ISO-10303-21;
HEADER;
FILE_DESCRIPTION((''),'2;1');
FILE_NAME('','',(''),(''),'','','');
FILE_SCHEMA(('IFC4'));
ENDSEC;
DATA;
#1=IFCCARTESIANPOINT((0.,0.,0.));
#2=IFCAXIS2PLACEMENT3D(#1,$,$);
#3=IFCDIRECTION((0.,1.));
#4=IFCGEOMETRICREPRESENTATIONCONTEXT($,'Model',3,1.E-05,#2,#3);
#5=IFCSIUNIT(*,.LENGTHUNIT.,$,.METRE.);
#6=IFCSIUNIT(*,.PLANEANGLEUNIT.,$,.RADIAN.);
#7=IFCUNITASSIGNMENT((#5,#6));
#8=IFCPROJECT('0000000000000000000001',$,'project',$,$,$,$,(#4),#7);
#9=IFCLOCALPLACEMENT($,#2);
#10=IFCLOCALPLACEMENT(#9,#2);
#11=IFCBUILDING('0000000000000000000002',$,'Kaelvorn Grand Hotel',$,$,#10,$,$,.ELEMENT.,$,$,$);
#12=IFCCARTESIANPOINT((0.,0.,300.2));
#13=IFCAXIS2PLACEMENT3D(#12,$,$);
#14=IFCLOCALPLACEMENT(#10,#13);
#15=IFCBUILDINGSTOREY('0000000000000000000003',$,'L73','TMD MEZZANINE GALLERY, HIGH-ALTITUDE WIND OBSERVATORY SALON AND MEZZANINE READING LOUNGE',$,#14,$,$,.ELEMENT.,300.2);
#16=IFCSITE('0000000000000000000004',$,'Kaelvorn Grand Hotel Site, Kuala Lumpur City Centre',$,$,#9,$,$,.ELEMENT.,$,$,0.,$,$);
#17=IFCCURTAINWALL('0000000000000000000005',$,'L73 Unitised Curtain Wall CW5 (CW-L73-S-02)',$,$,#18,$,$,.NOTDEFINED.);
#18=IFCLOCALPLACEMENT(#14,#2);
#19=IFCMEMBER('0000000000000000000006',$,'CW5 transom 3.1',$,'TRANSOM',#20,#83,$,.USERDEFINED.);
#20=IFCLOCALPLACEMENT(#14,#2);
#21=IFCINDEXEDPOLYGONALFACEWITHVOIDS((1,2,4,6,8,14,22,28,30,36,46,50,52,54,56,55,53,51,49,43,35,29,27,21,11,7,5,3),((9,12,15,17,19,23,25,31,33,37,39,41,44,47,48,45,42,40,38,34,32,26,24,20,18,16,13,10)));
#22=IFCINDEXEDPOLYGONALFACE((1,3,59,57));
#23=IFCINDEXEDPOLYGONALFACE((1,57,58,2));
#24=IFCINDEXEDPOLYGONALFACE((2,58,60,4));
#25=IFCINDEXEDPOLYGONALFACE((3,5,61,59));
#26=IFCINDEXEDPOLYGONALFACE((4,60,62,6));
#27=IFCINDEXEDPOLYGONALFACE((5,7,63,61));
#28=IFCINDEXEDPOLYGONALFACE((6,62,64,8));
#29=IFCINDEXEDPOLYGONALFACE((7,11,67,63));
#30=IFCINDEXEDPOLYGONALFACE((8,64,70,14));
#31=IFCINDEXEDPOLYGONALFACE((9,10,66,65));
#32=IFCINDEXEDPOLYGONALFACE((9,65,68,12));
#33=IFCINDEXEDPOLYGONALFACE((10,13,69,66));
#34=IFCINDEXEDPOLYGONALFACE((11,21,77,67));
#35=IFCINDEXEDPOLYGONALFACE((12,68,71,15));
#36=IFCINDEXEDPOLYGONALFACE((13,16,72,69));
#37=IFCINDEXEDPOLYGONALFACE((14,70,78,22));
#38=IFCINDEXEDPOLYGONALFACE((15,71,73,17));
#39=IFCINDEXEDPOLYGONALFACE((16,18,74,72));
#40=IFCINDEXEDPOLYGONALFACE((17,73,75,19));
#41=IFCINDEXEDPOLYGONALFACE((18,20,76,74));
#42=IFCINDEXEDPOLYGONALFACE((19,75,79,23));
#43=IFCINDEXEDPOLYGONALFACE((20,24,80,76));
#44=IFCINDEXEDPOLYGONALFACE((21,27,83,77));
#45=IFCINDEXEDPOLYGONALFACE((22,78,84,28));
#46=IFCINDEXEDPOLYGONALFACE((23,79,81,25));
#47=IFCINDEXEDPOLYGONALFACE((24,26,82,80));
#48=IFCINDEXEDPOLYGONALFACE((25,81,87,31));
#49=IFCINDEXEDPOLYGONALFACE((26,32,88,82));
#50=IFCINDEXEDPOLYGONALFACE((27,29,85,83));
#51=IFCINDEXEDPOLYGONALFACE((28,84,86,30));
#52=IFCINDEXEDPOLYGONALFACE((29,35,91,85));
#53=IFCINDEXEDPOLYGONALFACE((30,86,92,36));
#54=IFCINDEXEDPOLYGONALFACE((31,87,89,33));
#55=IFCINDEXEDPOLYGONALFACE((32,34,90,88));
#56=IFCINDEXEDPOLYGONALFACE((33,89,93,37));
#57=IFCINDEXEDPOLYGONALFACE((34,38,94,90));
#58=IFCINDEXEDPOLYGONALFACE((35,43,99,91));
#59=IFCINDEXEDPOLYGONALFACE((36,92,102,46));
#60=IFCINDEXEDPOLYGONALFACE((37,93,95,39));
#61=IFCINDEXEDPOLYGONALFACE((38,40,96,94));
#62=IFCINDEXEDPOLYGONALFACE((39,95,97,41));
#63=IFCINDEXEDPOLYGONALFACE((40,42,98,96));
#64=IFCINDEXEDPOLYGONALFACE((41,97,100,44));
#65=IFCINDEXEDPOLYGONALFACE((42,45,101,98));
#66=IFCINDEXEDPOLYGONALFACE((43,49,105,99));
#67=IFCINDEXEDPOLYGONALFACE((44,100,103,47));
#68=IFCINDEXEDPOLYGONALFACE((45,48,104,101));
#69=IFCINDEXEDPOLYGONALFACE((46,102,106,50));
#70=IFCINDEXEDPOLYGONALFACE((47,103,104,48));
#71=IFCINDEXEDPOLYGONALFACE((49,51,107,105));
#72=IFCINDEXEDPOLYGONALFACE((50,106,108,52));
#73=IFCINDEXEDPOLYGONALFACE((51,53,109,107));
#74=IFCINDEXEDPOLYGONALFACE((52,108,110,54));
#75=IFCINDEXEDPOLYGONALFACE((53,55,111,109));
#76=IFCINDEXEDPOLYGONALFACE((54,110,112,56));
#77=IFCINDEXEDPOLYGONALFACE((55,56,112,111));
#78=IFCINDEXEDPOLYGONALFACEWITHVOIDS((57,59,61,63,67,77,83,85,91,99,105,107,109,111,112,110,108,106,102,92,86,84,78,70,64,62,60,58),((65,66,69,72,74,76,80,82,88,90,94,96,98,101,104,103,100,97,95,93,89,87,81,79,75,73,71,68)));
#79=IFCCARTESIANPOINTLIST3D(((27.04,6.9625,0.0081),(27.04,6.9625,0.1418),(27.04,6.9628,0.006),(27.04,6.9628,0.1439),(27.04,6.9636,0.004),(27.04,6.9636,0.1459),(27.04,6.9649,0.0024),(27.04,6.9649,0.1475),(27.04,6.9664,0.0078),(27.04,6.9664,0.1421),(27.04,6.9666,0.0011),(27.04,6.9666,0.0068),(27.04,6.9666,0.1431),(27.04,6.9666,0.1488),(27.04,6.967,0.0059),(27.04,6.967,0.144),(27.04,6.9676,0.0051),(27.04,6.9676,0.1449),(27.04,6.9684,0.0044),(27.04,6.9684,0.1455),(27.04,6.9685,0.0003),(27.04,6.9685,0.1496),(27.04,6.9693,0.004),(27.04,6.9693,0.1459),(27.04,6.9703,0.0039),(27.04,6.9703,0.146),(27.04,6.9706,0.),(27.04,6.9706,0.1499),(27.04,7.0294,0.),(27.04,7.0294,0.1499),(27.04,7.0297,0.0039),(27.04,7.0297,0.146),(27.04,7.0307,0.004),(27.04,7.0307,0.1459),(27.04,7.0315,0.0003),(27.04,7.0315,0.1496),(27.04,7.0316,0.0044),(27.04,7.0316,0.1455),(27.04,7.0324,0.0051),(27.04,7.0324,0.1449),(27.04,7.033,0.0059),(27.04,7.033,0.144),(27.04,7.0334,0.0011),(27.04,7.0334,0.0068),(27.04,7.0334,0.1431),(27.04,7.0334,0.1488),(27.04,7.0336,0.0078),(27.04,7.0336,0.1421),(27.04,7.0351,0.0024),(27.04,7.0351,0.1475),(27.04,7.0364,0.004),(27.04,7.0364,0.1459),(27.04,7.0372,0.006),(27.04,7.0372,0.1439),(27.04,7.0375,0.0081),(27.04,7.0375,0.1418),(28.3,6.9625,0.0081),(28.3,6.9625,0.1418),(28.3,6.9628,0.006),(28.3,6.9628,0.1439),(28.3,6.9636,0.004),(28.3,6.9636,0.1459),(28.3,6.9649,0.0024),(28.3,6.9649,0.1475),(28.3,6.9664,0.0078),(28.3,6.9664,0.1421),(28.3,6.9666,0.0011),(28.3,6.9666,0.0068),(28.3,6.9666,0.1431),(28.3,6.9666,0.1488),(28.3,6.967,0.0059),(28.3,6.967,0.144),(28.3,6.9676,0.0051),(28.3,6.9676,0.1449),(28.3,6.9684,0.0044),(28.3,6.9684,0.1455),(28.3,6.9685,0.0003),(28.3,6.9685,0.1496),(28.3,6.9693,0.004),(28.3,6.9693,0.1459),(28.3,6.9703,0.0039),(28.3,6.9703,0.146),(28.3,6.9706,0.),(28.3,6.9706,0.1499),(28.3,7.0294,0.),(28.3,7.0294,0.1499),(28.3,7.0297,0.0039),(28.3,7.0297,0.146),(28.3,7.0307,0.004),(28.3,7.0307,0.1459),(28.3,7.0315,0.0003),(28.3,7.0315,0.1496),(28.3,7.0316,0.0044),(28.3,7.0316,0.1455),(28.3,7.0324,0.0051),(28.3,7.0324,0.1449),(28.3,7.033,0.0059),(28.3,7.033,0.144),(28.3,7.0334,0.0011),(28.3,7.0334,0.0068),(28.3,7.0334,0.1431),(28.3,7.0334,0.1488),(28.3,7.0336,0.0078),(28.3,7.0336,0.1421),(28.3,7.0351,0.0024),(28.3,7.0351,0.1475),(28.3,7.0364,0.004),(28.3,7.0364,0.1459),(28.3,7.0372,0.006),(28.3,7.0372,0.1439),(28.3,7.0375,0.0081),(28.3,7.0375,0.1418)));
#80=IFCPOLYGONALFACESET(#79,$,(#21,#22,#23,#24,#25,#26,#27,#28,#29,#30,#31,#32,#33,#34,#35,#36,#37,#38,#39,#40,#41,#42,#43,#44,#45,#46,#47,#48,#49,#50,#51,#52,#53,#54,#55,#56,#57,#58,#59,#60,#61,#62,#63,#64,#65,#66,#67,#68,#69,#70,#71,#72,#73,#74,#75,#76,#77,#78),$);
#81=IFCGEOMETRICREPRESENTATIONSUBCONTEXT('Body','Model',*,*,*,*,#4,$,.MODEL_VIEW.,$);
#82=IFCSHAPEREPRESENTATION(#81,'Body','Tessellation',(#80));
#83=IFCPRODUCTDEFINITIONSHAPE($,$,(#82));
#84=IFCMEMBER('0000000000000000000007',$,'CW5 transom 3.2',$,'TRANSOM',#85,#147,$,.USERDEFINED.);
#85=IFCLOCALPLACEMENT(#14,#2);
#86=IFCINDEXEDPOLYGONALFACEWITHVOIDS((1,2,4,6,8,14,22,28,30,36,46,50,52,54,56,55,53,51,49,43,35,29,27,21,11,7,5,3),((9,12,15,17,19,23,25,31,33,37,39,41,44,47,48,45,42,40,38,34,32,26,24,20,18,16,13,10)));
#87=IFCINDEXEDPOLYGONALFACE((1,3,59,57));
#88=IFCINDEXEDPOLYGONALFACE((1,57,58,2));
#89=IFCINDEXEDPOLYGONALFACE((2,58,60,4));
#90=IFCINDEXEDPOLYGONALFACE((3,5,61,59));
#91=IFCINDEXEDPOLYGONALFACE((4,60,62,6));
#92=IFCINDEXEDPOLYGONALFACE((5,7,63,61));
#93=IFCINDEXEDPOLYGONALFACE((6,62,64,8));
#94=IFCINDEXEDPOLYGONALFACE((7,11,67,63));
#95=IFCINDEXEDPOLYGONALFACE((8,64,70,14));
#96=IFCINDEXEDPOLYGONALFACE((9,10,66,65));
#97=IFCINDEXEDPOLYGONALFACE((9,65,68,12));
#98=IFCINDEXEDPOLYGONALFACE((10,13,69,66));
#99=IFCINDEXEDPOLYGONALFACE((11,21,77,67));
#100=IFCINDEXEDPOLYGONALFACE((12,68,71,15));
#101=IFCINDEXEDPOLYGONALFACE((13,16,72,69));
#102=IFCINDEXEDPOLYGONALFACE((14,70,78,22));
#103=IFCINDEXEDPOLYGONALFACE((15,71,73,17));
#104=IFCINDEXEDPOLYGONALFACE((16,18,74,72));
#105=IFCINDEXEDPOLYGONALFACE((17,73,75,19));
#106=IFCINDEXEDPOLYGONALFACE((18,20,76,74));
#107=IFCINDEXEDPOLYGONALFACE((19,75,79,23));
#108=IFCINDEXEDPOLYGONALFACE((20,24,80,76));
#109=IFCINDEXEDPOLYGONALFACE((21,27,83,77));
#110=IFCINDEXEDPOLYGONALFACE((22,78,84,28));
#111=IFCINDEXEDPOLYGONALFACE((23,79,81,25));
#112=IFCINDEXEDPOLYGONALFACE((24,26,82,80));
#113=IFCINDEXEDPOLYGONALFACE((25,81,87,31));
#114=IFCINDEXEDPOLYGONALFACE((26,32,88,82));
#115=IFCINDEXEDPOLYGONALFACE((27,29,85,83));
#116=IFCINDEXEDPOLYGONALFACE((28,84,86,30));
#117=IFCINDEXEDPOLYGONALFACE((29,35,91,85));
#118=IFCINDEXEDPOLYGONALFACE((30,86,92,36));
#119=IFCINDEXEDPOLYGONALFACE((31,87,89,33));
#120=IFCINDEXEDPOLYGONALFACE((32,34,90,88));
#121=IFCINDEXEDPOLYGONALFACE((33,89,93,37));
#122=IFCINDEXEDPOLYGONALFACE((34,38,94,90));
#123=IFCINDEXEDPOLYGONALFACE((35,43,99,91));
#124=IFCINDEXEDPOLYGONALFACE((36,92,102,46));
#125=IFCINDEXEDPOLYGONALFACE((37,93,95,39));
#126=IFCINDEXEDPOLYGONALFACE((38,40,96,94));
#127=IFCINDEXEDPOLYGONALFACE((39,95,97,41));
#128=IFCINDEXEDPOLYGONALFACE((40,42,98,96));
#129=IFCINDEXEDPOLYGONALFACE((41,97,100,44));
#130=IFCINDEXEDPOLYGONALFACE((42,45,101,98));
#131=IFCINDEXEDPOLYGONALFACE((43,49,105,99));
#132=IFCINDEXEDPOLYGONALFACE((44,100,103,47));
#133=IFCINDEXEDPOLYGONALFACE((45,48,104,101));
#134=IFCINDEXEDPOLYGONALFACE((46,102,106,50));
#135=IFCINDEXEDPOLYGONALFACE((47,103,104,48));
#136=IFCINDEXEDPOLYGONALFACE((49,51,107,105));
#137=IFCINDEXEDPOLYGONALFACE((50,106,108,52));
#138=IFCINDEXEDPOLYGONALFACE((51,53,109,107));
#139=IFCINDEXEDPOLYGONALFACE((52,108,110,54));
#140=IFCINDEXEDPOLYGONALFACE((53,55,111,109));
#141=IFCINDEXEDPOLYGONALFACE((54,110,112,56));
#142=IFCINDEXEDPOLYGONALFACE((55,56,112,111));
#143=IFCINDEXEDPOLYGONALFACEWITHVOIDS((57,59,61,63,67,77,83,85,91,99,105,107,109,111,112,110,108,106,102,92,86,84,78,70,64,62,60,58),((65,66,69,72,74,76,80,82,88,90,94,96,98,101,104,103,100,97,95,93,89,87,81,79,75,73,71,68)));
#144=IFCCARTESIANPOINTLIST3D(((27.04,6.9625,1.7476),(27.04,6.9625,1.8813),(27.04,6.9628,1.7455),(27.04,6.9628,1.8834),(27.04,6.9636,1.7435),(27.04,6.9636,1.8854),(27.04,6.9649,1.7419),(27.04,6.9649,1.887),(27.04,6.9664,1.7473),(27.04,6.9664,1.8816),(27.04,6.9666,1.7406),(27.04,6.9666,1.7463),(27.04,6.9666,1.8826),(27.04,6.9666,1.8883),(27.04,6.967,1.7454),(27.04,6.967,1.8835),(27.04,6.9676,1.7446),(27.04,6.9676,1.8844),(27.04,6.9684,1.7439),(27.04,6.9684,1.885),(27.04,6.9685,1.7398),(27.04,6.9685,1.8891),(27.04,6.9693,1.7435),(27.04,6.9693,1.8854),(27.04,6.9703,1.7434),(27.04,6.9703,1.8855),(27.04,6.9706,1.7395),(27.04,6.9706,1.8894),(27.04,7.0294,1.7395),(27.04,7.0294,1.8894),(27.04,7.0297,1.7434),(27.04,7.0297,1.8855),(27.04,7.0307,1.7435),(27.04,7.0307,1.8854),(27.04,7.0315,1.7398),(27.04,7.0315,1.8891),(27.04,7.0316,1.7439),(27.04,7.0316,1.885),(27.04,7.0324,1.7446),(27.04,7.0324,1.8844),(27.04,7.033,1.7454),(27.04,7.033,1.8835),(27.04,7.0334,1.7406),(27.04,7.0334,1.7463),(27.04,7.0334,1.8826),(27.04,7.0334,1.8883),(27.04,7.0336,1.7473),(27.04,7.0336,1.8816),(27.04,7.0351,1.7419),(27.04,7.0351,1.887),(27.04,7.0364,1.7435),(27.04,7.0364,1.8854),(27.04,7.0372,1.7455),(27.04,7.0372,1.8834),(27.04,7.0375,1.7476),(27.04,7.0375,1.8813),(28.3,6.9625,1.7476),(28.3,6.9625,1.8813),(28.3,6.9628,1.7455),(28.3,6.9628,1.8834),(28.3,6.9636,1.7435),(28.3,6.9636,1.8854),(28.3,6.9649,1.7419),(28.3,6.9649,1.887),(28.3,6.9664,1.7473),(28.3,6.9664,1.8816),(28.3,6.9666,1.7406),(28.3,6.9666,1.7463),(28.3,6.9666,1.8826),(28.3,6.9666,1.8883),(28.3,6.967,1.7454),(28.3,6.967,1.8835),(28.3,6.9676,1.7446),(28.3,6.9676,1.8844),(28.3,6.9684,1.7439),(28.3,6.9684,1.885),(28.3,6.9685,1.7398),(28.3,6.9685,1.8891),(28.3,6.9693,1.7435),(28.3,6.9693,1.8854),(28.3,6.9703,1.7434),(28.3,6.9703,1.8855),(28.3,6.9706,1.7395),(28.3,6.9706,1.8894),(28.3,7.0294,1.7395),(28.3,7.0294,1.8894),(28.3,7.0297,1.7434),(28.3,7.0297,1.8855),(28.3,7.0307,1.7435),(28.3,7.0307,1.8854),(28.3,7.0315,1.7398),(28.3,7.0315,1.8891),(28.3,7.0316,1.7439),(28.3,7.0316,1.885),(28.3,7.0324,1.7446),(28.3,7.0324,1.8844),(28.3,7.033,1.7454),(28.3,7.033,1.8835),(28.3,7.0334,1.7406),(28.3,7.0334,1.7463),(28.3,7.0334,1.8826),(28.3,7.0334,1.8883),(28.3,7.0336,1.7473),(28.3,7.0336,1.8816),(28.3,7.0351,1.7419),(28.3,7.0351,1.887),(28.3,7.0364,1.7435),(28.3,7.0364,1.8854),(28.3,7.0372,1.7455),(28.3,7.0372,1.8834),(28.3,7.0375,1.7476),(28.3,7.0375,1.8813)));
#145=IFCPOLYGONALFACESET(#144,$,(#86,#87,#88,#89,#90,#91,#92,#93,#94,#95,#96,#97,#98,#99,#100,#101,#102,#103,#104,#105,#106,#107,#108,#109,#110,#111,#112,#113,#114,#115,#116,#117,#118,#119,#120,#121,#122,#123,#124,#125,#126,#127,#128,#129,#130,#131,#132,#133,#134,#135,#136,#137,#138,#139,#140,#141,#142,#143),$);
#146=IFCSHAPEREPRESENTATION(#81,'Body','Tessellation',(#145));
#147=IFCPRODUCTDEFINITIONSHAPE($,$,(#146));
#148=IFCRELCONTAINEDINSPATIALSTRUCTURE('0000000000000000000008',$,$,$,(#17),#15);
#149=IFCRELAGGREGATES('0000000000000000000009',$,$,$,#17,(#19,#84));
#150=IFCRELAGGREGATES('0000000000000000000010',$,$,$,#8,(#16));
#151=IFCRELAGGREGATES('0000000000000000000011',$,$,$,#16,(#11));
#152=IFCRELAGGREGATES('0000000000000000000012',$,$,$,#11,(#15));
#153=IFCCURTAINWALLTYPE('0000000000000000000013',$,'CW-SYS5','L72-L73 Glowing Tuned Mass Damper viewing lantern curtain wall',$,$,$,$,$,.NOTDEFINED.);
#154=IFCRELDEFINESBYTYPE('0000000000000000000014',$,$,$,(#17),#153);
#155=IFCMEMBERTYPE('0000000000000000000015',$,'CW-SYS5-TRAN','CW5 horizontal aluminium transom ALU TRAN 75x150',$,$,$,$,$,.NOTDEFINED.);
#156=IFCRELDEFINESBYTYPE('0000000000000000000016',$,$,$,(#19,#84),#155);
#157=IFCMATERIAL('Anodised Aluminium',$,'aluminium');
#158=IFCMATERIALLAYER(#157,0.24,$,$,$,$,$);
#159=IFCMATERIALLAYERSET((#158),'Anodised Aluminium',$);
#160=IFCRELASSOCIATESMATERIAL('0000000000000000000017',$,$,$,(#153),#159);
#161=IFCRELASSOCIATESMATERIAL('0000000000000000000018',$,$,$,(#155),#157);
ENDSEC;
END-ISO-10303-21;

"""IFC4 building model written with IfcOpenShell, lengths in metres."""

from ifc_helpers import new_model, si_unit, direction, frame, origin, origin_2d, place, context, subcontext, project, spatial, hollow_rectangle, extrude, material, layer, layer_set, material_profile, profile_set, type_object, element, aggregate, save


model = new_model("IFC4")

# Units and contexts
model_context = context("Model", 3, precision=1e-05, world=origin(), true_north=direction((0.0, 1.0)))
body_context = subcontext(model_context, "Body", "Model", "MODEL_VIEW")
ifc_project = project(units=[si_unit("LENGTHUNIT", "METRE"), si_unit("PLANEANGLEUNIT", "RADIAN")], contexts=[model_context])

# Site, building, storey
site_placement = place(None, origin())
site = spatial("IfcSite", under=ifc_project, at=site_placement, Name="Kaelvorn Grand Hotel Site, Kuala Lumpur City Centre", CompositionType="ELEMENT", RefElevation=0.0)
building_placement = place(site_placement, origin())
building = spatial("IfcBuilding", under=site, at=building_placement, Name="Kaelvorn Grand Hotel", CompositionType="ELEMENT")
storey_placement = place(building_placement, frame((0.0, 0.0, 300.2)))
storey = spatial("IfcBuildingStorey", under=building, at=storey_placement, Name="L73", Description="TMD MEZZANINE GALLERY, HIGH-ALTITUDE WIND OBSERVATORY SALON AND MEZZANINE READING LOUNGE", CompositionType="ELEMENT", Elevation=300.2)

# Curtain wall, members
ifc_material_1 = material(Name="Anodised Aluminium", Category="aluminium")
ifc_layer_1 = layer(ifc_material_1, 0.24)
ifc_layer_set_1 = layer_set([ifc_layer_1], Name="Anodised Aluminium")
curtain_wall_type = type_object("IfcCurtainWallType", Name="CW-SYS5", Description="L72-L73 Glowing Tuned Mass Damper viewing lantern curtain wall", PredefinedType="NOTDEFINED", material=ifc_layer_set_1)
curtain_wall_placement = place(storey_placement, origin())
curtain_wall = element("IfcCurtainWall", 1, at=curtain_wall_placement, inside=storey, type_object=curtain_wall_type, Name="L73 Unitised Curtain Wall CW5 (CW-L73-S-02)", PredefinedType="NOTDEFINED")
ifc_material_profile_1 = material_profile(ifc_material_1, hollow_rectangle(XDim=0.075, YDim=0.1499, WallThickness=0.0039, InnerFilletRadius=0.0039, OuterFilletRadius=0.0081, at=origin_2d()), Name="ALU TRAN 75x150")
ifc_profile_set_1 = profile_set([ifc_material_profile_1], Name="Anodised Aluminium")
member_type_1 = type_object("IfcMemberType", Name="CW-SYS5-TRAN", Description="CW5 horizontal aluminium transom ALU TRAN 75x150", PredefinedType="NOTDEFINED", material=ifc_profile_set_1)
member_1_placement = place(storey_placement, frame((27.04, 7.0, 0.075), z_axis=(1.0, 0.0, 0.0), x_axis=(0.0, 1.0, 0.0)))
member_1 = element("IfcMember", 2, at=member_1_placement, type_object=member_type_1, Name="CW5 transom 3.1", ObjectType="TRANSOM", PredefinedType="USERDEFINED", context=body_context, shape_type="SweptSolid", body=[
    extrude(hollow_rectangle(XDim=0.075, YDim=0.1499, WallThickness=0.0039, InnerFilletRadius=0.0039, OuterFilletRadius=0.0081, at=origin_2d()), origin(), (0.0, 0.0, 1.0), 1.26),
])
member_2_placement = place(storey_placement, frame((27.04, 7.0, 1.8145), z_axis=(1.0, 0.0, 0.0), x_axis=(0.0, 1.0, 0.0)))
member_2 = element("IfcMember", 3, at=member_2_placement, type_object=member_type_1, Name="CW5 transom 3.2", ObjectType="TRANSOM", PredefinedType="USERDEFINED", context=body_context, shape_type="SweptSolid", body=[
    extrude(hollow_rectangle(XDim=0.075, YDim=0.1499, WallThickness=0.0039, InnerFilletRadius=0.0039, OuterFilletRadius=0.0081, at=origin_2d()), origin(), (0.0, 0.0, 1.0), 1.26),
])
aggregate(curtain_wall, [member_1, member_2])

save(model, "model.ifc")
